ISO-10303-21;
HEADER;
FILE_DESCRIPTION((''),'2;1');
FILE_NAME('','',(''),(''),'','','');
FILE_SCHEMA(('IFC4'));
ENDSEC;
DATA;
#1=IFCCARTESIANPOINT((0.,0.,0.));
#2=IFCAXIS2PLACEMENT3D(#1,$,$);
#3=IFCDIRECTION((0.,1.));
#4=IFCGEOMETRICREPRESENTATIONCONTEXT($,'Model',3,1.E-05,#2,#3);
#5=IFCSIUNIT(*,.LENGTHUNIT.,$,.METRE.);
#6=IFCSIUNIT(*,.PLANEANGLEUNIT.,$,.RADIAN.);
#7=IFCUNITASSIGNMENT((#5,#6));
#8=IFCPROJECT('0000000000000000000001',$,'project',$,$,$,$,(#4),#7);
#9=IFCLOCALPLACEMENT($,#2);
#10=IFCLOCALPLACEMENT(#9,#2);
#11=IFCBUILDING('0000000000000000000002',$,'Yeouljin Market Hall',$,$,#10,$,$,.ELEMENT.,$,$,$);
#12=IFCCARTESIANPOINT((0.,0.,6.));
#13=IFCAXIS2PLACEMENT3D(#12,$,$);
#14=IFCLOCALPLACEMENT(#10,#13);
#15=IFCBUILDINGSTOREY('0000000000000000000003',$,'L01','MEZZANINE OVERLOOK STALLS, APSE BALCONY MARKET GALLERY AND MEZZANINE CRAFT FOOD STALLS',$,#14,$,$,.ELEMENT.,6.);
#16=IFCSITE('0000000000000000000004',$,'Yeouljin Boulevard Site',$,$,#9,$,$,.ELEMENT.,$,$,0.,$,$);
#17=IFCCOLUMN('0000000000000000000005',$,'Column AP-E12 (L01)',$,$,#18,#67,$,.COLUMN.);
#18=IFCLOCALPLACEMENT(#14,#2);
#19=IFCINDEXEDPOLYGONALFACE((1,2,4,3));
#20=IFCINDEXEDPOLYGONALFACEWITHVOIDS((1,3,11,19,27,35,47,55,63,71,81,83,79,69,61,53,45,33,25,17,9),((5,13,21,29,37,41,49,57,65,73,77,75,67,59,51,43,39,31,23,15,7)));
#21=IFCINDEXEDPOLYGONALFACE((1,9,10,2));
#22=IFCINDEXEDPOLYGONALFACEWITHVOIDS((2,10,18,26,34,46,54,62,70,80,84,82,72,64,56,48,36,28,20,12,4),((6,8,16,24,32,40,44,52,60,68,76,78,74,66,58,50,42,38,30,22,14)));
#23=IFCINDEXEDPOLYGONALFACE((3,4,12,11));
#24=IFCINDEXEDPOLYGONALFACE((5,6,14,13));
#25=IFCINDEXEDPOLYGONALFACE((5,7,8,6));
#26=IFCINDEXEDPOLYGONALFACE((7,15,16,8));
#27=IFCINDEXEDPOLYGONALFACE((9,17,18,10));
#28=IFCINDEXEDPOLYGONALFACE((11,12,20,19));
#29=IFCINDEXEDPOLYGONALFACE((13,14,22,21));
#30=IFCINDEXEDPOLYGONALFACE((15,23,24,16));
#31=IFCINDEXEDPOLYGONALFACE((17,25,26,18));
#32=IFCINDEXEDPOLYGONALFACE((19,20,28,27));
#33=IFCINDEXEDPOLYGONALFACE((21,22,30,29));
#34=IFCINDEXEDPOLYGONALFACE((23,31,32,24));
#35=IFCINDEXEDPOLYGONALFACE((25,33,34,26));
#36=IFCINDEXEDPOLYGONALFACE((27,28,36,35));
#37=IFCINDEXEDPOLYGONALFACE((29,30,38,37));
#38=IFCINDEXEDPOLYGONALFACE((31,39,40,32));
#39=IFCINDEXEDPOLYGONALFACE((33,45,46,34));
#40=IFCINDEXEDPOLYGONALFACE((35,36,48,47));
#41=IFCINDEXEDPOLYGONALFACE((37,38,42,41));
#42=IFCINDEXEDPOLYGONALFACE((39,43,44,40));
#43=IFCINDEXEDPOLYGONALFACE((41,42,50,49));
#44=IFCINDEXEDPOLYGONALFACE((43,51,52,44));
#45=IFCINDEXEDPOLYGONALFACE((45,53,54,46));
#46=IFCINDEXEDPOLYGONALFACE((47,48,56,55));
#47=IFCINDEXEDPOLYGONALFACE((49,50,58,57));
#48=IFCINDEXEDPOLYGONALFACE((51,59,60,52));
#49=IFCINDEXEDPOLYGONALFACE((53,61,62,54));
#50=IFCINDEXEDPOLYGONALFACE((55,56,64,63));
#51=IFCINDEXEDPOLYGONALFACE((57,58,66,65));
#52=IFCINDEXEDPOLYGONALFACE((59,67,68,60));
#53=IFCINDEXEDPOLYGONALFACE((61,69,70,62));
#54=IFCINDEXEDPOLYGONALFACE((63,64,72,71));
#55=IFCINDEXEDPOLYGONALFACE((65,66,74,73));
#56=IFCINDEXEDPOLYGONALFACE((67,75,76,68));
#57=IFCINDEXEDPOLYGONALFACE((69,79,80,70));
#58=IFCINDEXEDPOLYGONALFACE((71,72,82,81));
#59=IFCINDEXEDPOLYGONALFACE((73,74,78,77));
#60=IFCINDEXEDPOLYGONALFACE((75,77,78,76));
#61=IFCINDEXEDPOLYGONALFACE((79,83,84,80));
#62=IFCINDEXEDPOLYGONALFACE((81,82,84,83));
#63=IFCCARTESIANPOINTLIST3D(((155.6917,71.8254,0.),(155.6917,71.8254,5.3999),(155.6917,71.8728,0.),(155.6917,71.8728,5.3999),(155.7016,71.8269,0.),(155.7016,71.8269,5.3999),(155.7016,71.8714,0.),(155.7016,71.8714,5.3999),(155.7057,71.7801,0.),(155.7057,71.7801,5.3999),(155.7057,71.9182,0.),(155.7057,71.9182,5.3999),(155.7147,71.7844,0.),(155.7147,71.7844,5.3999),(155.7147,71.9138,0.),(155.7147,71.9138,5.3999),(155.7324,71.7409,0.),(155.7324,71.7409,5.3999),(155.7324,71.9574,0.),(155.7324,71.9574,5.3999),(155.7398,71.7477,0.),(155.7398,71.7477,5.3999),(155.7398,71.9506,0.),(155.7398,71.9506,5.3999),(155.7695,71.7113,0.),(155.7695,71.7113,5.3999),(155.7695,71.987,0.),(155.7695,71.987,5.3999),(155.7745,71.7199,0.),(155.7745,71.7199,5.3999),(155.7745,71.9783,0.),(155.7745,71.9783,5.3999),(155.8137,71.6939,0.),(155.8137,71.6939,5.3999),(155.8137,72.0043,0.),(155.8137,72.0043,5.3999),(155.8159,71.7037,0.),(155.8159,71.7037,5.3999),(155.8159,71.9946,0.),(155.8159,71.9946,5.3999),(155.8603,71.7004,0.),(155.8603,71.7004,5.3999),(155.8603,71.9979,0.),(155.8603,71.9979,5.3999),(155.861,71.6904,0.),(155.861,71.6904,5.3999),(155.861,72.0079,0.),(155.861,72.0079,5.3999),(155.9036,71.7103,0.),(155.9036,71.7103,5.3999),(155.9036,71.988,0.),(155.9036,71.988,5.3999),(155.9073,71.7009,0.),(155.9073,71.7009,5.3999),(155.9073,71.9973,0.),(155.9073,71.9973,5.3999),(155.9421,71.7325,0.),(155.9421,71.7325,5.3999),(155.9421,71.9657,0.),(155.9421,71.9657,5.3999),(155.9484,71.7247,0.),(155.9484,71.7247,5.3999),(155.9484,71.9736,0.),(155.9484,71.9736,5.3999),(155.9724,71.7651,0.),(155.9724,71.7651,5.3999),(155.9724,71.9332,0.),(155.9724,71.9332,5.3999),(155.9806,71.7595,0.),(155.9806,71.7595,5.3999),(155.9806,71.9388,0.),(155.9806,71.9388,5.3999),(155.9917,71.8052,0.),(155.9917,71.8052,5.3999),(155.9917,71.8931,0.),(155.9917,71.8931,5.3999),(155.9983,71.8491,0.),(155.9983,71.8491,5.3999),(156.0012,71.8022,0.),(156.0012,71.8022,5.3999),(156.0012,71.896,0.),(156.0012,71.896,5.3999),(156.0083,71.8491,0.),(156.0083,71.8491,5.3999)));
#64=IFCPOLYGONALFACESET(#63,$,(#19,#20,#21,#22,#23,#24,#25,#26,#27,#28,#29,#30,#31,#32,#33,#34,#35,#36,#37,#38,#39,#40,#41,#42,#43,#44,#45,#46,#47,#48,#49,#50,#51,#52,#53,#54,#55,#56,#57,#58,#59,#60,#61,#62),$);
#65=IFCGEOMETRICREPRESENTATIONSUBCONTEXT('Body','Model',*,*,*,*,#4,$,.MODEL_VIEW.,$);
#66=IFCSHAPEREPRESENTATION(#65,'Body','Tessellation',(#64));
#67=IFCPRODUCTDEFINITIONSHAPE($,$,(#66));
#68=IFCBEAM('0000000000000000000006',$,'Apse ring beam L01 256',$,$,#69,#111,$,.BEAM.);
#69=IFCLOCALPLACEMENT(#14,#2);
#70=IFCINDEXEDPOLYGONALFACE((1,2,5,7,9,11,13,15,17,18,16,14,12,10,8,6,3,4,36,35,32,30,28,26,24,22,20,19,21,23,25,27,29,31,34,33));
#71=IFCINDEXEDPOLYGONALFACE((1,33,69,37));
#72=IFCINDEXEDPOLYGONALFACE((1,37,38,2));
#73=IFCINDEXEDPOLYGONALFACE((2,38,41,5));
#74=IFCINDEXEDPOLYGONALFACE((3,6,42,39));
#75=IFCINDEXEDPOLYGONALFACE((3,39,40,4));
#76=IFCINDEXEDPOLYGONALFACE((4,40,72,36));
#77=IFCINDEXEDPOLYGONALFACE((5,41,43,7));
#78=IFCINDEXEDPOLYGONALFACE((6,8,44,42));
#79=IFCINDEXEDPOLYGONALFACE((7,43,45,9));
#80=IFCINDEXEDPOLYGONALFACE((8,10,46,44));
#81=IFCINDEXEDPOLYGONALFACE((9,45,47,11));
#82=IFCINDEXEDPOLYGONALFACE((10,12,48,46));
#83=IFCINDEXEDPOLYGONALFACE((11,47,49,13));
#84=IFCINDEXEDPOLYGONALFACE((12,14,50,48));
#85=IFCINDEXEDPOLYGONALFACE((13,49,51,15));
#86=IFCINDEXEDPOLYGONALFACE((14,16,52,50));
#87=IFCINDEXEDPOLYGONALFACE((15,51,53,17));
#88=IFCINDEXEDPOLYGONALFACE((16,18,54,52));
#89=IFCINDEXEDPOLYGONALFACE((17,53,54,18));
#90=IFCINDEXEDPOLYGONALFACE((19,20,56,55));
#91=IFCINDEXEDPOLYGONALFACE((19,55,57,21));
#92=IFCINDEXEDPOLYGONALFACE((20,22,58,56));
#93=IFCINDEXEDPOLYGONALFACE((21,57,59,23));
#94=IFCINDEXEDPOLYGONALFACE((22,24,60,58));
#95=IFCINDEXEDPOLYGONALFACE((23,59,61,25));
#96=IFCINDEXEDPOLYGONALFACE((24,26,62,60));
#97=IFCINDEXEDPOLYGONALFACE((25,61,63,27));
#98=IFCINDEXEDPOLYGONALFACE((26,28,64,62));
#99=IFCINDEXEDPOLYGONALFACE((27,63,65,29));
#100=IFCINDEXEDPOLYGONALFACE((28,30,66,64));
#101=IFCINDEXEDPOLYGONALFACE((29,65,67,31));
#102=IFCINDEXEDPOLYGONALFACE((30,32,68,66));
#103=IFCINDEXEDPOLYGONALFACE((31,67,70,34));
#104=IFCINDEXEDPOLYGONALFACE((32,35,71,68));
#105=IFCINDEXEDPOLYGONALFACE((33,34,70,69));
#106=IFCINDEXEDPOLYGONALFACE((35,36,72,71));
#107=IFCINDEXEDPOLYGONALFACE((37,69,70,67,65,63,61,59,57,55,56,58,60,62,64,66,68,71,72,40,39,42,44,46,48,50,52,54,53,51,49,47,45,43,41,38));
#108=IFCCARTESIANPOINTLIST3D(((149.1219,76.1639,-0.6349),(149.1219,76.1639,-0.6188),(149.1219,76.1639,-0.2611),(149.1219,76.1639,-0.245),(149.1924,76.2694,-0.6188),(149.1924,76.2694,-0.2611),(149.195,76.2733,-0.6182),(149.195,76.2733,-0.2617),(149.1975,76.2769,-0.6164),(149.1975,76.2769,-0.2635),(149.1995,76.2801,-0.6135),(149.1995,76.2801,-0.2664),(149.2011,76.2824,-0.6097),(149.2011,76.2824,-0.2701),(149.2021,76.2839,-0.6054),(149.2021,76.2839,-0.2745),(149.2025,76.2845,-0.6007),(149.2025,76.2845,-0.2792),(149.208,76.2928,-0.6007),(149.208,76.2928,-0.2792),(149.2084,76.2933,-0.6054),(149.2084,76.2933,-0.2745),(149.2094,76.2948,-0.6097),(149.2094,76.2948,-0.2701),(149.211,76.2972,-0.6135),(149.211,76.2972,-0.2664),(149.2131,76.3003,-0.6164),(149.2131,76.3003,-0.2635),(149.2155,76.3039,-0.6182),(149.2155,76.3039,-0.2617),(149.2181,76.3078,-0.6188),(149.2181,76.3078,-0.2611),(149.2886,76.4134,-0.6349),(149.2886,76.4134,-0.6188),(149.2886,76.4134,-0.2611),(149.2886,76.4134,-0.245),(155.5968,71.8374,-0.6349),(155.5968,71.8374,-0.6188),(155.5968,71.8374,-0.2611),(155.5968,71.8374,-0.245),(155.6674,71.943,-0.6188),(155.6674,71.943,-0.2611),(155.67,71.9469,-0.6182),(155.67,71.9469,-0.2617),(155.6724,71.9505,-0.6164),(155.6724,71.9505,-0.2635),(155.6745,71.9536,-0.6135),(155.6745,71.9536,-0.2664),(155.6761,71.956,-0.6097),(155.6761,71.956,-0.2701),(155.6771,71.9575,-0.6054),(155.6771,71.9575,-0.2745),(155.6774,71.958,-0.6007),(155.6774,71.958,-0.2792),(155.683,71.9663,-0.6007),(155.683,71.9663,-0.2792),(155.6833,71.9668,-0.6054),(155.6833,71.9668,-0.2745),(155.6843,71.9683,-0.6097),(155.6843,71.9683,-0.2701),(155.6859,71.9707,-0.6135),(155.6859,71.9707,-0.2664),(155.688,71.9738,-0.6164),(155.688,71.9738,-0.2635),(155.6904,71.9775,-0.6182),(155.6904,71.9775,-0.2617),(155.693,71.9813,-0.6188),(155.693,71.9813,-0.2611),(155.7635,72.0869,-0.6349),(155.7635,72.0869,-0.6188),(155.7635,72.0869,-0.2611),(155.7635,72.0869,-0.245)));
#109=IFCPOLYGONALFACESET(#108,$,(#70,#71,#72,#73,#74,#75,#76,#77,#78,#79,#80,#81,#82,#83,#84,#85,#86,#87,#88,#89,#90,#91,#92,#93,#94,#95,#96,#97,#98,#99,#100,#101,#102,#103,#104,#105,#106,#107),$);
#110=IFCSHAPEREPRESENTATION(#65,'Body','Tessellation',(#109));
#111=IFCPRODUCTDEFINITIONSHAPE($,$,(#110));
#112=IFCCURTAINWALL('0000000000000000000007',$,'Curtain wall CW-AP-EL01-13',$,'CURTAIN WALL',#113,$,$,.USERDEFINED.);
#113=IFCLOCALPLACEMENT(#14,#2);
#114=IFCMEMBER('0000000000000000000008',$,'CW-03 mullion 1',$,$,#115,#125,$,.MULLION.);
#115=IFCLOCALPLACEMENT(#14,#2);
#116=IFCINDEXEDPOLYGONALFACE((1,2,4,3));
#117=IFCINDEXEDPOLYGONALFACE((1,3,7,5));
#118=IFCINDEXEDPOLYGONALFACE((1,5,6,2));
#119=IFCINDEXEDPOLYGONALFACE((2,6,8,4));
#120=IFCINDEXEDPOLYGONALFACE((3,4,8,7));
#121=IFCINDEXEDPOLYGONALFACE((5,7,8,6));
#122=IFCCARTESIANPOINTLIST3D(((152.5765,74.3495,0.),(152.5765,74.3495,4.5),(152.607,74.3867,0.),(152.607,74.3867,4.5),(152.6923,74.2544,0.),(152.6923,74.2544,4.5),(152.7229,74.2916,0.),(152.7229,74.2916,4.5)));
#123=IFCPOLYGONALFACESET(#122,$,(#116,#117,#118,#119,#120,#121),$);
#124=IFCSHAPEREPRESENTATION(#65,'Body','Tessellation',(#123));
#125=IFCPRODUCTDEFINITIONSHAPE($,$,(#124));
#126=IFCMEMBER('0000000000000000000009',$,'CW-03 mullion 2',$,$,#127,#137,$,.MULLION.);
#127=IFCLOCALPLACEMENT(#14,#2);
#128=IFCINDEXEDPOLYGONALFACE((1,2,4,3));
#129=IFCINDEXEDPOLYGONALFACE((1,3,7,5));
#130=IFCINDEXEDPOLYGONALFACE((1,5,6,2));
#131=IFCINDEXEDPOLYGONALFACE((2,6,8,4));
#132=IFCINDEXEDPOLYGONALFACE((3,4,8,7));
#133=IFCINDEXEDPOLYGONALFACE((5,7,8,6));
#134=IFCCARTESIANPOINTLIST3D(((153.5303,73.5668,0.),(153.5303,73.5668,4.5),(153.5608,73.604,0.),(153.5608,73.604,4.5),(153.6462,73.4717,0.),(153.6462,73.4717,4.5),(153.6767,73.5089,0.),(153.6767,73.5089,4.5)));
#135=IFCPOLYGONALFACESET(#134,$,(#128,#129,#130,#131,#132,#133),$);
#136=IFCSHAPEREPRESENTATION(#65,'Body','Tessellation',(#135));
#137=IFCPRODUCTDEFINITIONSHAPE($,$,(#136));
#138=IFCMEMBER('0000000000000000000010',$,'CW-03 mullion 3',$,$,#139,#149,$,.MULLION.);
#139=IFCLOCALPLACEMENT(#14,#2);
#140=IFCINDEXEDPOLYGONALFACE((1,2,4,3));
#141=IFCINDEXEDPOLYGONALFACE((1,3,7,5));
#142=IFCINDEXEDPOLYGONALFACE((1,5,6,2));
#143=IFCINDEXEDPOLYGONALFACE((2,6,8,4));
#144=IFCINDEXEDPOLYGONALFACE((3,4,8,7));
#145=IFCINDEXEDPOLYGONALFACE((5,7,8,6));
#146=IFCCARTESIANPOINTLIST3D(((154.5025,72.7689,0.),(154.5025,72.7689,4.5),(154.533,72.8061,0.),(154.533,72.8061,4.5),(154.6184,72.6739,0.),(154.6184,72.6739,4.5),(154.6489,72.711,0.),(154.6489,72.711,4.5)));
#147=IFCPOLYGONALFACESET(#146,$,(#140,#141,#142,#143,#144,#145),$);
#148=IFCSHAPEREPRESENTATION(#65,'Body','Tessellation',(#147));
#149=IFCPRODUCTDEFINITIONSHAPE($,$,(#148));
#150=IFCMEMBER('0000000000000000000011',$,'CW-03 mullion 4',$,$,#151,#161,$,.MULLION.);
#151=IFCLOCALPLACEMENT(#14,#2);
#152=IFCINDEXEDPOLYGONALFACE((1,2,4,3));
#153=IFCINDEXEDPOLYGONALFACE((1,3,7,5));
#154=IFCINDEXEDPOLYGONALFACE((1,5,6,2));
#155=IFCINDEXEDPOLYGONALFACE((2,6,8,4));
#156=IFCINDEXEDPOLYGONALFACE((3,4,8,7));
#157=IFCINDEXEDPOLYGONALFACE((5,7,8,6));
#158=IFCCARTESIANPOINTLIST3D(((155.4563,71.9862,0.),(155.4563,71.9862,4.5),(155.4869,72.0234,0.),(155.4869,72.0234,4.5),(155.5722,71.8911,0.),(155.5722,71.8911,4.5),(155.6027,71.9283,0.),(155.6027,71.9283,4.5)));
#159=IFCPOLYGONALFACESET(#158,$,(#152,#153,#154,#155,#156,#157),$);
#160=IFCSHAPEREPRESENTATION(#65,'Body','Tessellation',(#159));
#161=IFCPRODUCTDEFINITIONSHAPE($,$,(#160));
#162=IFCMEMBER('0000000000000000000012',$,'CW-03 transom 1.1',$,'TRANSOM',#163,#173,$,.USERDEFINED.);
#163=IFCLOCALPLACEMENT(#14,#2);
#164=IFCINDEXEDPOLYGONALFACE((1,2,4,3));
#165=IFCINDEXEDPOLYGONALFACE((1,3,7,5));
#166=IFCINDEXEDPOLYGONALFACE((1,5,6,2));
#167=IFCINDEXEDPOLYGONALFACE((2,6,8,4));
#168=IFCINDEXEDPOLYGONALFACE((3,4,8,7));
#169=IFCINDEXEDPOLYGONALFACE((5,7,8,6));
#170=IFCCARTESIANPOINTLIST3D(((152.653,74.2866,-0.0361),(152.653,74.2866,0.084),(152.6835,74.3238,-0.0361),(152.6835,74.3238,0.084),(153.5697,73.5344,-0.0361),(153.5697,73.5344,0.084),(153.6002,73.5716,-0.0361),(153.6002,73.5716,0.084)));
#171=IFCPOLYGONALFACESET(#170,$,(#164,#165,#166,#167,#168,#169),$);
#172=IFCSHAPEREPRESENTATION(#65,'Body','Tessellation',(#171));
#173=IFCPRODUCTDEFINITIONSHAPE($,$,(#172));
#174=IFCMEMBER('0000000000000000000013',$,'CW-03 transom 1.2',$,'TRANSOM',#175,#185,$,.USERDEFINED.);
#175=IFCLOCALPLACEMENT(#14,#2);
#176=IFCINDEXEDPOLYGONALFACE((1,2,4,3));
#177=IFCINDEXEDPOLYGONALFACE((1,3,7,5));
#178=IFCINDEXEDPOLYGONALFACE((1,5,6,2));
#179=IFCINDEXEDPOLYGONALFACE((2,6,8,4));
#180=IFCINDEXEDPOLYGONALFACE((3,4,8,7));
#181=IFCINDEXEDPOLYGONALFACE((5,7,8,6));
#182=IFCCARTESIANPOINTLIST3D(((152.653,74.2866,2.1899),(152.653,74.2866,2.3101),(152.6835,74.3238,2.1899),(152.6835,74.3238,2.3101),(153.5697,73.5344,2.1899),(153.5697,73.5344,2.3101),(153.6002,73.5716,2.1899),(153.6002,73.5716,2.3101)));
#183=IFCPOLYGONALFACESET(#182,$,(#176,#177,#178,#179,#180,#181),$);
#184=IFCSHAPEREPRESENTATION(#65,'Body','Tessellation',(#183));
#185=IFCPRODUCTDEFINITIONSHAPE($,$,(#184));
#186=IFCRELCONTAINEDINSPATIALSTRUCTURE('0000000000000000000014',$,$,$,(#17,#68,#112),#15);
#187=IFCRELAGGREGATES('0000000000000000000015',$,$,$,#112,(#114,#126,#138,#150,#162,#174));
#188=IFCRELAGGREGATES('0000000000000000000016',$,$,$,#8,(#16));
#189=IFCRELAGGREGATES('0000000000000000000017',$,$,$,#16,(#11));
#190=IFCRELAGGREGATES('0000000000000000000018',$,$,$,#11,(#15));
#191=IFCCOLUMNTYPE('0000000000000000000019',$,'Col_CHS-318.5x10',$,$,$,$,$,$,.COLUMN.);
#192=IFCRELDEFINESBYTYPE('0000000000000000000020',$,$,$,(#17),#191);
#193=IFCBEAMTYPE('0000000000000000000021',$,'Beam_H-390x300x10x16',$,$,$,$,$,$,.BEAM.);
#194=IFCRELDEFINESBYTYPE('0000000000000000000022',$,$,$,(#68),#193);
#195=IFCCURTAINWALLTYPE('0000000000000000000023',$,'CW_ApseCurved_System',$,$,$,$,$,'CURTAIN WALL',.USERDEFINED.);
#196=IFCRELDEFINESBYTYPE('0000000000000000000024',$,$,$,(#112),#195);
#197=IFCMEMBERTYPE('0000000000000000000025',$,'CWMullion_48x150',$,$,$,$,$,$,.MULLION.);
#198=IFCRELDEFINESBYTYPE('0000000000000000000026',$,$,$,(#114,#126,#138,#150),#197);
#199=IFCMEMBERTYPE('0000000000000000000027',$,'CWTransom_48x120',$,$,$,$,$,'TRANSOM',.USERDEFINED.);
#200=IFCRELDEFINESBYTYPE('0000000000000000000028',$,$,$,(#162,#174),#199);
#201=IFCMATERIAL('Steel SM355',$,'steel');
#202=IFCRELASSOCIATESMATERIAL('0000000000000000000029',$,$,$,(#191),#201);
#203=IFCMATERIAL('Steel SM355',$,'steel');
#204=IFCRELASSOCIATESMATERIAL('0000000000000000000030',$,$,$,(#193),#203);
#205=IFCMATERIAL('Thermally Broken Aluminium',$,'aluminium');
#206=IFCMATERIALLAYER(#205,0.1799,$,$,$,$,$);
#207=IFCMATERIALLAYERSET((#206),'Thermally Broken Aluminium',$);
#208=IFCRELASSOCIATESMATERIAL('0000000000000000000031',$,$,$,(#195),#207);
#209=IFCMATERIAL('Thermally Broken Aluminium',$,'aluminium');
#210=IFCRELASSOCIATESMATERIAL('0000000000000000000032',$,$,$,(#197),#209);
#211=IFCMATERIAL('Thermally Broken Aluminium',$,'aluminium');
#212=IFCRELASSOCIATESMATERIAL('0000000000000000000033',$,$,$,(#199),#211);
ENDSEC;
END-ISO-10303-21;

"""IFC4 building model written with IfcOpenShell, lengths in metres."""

from ifc_helpers import new_model, si_unit, direction, frame, origin, origin_2d, place, context, subcontext, project, spatial, rectangle, hollow_circle, i_section, extrude, material, layer, layer_set, material_profile, profile_set, type_object, element, aggregate, save


model = new_model("IFC4")

# Units and contexts
model_context = context("Model", 3, precision=1e-05, world=origin(), true_north=direction((0.0, 1.0)))
body_context = subcontext(model_context, "Body", "Model", "MODEL_VIEW")
ifc_project = project(units=[si_unit("LENGTHUNIT", "METRE"), si_unit("PLANEANGLEUNIT", "RADIAN")], contexts=[model_context])

# Site, building, storey
site_placement = place(None, origin())
site = spatial("IfcSite", under=ifc_project, at=site_placement, Name="Yeouljin Boulevard Site", CompositionType="ELEMENT", RefElevation=0.0)
building_placement = place(site_placement, origin())
building = spatial("IfcBuilding", under=site, at=building_placement, Name="Yeouljin Market Hall", CompositionType="ELEMENT")
storey_placement = place(building_placement, frame((0.0, 0.0, 6.0)))
storey = spatial("IfcBuildingStorey", under=building, at=storey_placement, Name="L01", Description="MEZZANINE OVERLOOK STALLS, APSE BALCONY MARKET GALLERY AND MEZZANINE CRAFT FOOD STALLS", CompositionType="ELEMENT", Elevation=6.0)

# Column
ifc_material_1 = material(Name="Steel SM355", Category="steel")
ifc_material_profile_1 = material_profile(ifc_material_1, hollow_circle(Radius=0.1592, WallThickness=0.01, at=origin_2d()), Name="CHS-318.5x10")
ifc_profile_set_1 = profile_set([ifc_material_profile_1], Name="Steel SM355")
column_type = type_object("IfcColumnType", Name="Col_CHS-318.5x10", PredefinedType="COLUMN", material=ifc_profile_set_1)
column_placement = place(storey_placement, frame((155.8491, 71.8491, 0.0), z_axis=(0.0, 0.0, 1.0), x_axis=(1.0, 0.0, 0.0)))
element("IfcColumn", 1, at=column_placement, inside=storey, type_object=column_type, Name="Column AP-E12 (L01)", PredefinedType="COLUMN", context=body_context, shape_type="SweptSolid", body=[
    extrude(hollow_circle(Radius=0.1592, WallThickness=0.01, at=origin_2d()), origin(), (0.0, 0.0, 1.0), 5.3999),
])

# Beam
ifc_material_2 = material(Name="Steel SM355", Category="steel")
ifc_material_profile_2 = material_profile(ifc_material_2, i_section(OverallWidth=0.3, OverallDepth=0.3899, WebThickness=0.01, FlangeThickness=0.0161, FilletRadius=0.0181, at=origin_2d()), Name="H-390x300x10x16")
ifc_profile_set_2 = profile_set([ifc_material_profile_2], Name="Steel SM355")
beam_type = type_object("IfcBeamType", Name="Beam_H-390x300x10x16", PredefinedType="BEAM", material=ifc_profile_set_2)
beam_placement = place(storey_placement, frame((155.6802, 71.9622, -0.4399), z_axis=(-0.831466, 0.555575, 0.0), x_axis=(-0.555575, -0.831466, 0.0)))
element("IfcBeam", 2, at=beam_placement, inside=storey, type_object=beam_type, Name="Apse ring beam L01 256", PredefinedType="BEAM", context=body_context, shape_type="SweptSolid", body=[
    extrude(i_section(OverallWidth=0.3, OverallDepth=0.3899, WebThickness=0.01, FlangeThickness=0.0161, FilletRadius=0.0181, at=origin_2d()), origin(), (0.0, 0.0, 1.0), 7.7874),
])

# Curtain wall, members
ifc_material_3 = material(Name="Thermally Broken Aluminium", Category="aluminium")
ifc_layer_1 = layer(ifc_material_3, 0.1799)
ifc_layer_set_1 = layer_set([ifc_layer_1], Name="Thermally Broken Aluminium")
curtain_wall_type = type_object("IfcCurtainWallType", Name="CW_ApseCurved_System", ElementType="CURTAIN WALL", PredefinedType="USERDEFINED", material=ifc_layer_set_1)
curtain_wall_placement = place(storey_placement, origin())
curtain_wall = element("IfcCurtainWall", 3, at=curtain_wall_placement, inside=storey, type_object=curtain_wall_type, Name="Curtain wall CW-AP-EL01-13", ObjectType="CURTAIN WALL", PredefinedType="USERDEFINED")
ifc_material_4 = material(Name="Thermally Broken Aluminium", Category="aluminium")
ifc_material_profile_3 = material_profile(ifc_material_4, rectangle(XDim=0.0481, YDim=0.1499, at=origin_2d()), Name="CW-MULL-48x150")
ifc_profile_set_3 = profile_set([ifc_material_profile_3], Name="Thermally Broken Aluminium")
member_type_1 = type_object("IfcMemberType", Name="CWMullion_48x150", PredefinedType="MULLION", material=ifc_profile_set_3)
member_1_placement = place(storey_placement, frame((152.6497, 74.3206, 0.0), z_axis=(0.0, 0.0, 1.0), x_axis=(0.634384, 0.773018, 0.0)))
member_1 = element("IfcMember", 4, at=member_1_placement, type_object=member_type_1, Name="CW-03 mullion 1", PredefinedType="MULLION", context=body_context, shape_type="SweptSolid", body=[
    extrude(rectangle(XDim=0.0481, YDim=0.1499, at=origin_2d()), origin(), (0.0, 0.0, 1.0), 4.5),
])
member_2_placement = place(storey_placement, frame((153.6035, 73.5378, 0.0), z_axis=(0.0, 0.0, 1.0), x_axis=(0.634384, 0.773018, 0.0)))
member_2 = element("IfcMember", 5, at=member_2_placement, type_object=member_type_1, Name="CW-03 mullion 2", PredefinedType="MULLION", context=body_context, shape_type="SweptSolid", body=[
    extrude(rectangle(XDim=0.0481, YDim=0.1499, at=origin_2d()), origin(), (0.0, 0.0, 1.0), 4.5),
])
member_3_placement = place(storey_placement, frame((154.5757, 72.74, 0.0), z_axis=(0.0, 0.0, 1.0), x_axis=(0.634384, 0.773018, 0.0)))
member_3 = element("IfcMember", 6, at=member_3_placement, type_object=member_type_1, Name="CW-03 mullion 3", PredefinedType="MULLION", context=body_context, shape_type="SweptSolid", body=[
    extrude(rectangle(XDim=0.0481, YDim=0.1499, at=origin_2d()), origin(), (0.0, 0.0, 1.0), 4.5),
])
member_4_placement = place(storey_placement, frame((155.5295, 71.9573, 0.0), z_axis=(0.0, 0.0, 1.0), x_axis=(0.634384, 0.773018, 0.0)))
member_4 = element("IfcMember", 7, at=member_4_placement, type_object=member_type_1, Name="CW-03 mullion 4", PredefinedType="MULLION", context=body_context, shape_type="SweptSolid", body=[
    extrude(rectangle(XDim=0.0481, YDim=0.1499, at=origin_2d()), origin(), (0.0, 0.0, 1.0), 4.5),
])
ifc_material_5 = material(Name="Thermally Broken Aluminium", Category="aluminium")
ifc_material_profile_4 = material_profile(ifc_material_5, rectangle(XDim=0.0481, YDim=0.1201, at=origin_2d()), Name="CW-TRAN-48x120")
ifc_profile_set_4 = profile_set([ifc_material_profile_4], Name="Thermally Broken Aluminium")
member_type_2 = type_object("IfcMemberType", Name="CWTransom_48x120", ElementType="TRANSOM", PredefinedType="USERDEFINED", material=ifc_profile_set_4)
member_5_placement = place(storey_placement, frame((152.6682, 74.3052, 0.0239), z_axis=(0.773076, -0.634313, 0.0), x_axis=(0.634313, 0.773076, 0.0)))
member_5 = element("IfcMember", 8, at=member_5_placement, type_object=member_type_2, Name="CW-03 transom 1.1", ObjectType="TRANSOM", PredefinedType="USERDEFINED", context=body_context, shape_type="SweptSolid", body=[
    extrude(rectangle(XDim=0.0481, YDim=0.1201, at=origin_2d()), origin(), (0.0, 0.0, 1.0), 1.1858),
])
member_6_placement = place(storey_placement, frame((152.6682, 74.3052, 2.25), z_axis=(0.773076, -0.634313, 0.0), x_axis=(0.634313, 0.773076, 0.0)))
member_6 = element("IfcMember", 9, at=member_6_placement, type_object=member_type_2, Name="CW-03 transom 1.2", ObjectType="TRANSOM", PredefinedType="USERDEFINED", context=body_context, shape_type="SweptSolid", body=[
    extrude(rectangle(XDim=0.0481, YDim=0.1201, at=origin_2d()), origin(), (0.0, 0.0, 1.0), 1.1858),
])
aggregate(curtain_wall, [member_1, member_2, member_3, member_4, member_5, member_6])

save(model, "model.ifc")
